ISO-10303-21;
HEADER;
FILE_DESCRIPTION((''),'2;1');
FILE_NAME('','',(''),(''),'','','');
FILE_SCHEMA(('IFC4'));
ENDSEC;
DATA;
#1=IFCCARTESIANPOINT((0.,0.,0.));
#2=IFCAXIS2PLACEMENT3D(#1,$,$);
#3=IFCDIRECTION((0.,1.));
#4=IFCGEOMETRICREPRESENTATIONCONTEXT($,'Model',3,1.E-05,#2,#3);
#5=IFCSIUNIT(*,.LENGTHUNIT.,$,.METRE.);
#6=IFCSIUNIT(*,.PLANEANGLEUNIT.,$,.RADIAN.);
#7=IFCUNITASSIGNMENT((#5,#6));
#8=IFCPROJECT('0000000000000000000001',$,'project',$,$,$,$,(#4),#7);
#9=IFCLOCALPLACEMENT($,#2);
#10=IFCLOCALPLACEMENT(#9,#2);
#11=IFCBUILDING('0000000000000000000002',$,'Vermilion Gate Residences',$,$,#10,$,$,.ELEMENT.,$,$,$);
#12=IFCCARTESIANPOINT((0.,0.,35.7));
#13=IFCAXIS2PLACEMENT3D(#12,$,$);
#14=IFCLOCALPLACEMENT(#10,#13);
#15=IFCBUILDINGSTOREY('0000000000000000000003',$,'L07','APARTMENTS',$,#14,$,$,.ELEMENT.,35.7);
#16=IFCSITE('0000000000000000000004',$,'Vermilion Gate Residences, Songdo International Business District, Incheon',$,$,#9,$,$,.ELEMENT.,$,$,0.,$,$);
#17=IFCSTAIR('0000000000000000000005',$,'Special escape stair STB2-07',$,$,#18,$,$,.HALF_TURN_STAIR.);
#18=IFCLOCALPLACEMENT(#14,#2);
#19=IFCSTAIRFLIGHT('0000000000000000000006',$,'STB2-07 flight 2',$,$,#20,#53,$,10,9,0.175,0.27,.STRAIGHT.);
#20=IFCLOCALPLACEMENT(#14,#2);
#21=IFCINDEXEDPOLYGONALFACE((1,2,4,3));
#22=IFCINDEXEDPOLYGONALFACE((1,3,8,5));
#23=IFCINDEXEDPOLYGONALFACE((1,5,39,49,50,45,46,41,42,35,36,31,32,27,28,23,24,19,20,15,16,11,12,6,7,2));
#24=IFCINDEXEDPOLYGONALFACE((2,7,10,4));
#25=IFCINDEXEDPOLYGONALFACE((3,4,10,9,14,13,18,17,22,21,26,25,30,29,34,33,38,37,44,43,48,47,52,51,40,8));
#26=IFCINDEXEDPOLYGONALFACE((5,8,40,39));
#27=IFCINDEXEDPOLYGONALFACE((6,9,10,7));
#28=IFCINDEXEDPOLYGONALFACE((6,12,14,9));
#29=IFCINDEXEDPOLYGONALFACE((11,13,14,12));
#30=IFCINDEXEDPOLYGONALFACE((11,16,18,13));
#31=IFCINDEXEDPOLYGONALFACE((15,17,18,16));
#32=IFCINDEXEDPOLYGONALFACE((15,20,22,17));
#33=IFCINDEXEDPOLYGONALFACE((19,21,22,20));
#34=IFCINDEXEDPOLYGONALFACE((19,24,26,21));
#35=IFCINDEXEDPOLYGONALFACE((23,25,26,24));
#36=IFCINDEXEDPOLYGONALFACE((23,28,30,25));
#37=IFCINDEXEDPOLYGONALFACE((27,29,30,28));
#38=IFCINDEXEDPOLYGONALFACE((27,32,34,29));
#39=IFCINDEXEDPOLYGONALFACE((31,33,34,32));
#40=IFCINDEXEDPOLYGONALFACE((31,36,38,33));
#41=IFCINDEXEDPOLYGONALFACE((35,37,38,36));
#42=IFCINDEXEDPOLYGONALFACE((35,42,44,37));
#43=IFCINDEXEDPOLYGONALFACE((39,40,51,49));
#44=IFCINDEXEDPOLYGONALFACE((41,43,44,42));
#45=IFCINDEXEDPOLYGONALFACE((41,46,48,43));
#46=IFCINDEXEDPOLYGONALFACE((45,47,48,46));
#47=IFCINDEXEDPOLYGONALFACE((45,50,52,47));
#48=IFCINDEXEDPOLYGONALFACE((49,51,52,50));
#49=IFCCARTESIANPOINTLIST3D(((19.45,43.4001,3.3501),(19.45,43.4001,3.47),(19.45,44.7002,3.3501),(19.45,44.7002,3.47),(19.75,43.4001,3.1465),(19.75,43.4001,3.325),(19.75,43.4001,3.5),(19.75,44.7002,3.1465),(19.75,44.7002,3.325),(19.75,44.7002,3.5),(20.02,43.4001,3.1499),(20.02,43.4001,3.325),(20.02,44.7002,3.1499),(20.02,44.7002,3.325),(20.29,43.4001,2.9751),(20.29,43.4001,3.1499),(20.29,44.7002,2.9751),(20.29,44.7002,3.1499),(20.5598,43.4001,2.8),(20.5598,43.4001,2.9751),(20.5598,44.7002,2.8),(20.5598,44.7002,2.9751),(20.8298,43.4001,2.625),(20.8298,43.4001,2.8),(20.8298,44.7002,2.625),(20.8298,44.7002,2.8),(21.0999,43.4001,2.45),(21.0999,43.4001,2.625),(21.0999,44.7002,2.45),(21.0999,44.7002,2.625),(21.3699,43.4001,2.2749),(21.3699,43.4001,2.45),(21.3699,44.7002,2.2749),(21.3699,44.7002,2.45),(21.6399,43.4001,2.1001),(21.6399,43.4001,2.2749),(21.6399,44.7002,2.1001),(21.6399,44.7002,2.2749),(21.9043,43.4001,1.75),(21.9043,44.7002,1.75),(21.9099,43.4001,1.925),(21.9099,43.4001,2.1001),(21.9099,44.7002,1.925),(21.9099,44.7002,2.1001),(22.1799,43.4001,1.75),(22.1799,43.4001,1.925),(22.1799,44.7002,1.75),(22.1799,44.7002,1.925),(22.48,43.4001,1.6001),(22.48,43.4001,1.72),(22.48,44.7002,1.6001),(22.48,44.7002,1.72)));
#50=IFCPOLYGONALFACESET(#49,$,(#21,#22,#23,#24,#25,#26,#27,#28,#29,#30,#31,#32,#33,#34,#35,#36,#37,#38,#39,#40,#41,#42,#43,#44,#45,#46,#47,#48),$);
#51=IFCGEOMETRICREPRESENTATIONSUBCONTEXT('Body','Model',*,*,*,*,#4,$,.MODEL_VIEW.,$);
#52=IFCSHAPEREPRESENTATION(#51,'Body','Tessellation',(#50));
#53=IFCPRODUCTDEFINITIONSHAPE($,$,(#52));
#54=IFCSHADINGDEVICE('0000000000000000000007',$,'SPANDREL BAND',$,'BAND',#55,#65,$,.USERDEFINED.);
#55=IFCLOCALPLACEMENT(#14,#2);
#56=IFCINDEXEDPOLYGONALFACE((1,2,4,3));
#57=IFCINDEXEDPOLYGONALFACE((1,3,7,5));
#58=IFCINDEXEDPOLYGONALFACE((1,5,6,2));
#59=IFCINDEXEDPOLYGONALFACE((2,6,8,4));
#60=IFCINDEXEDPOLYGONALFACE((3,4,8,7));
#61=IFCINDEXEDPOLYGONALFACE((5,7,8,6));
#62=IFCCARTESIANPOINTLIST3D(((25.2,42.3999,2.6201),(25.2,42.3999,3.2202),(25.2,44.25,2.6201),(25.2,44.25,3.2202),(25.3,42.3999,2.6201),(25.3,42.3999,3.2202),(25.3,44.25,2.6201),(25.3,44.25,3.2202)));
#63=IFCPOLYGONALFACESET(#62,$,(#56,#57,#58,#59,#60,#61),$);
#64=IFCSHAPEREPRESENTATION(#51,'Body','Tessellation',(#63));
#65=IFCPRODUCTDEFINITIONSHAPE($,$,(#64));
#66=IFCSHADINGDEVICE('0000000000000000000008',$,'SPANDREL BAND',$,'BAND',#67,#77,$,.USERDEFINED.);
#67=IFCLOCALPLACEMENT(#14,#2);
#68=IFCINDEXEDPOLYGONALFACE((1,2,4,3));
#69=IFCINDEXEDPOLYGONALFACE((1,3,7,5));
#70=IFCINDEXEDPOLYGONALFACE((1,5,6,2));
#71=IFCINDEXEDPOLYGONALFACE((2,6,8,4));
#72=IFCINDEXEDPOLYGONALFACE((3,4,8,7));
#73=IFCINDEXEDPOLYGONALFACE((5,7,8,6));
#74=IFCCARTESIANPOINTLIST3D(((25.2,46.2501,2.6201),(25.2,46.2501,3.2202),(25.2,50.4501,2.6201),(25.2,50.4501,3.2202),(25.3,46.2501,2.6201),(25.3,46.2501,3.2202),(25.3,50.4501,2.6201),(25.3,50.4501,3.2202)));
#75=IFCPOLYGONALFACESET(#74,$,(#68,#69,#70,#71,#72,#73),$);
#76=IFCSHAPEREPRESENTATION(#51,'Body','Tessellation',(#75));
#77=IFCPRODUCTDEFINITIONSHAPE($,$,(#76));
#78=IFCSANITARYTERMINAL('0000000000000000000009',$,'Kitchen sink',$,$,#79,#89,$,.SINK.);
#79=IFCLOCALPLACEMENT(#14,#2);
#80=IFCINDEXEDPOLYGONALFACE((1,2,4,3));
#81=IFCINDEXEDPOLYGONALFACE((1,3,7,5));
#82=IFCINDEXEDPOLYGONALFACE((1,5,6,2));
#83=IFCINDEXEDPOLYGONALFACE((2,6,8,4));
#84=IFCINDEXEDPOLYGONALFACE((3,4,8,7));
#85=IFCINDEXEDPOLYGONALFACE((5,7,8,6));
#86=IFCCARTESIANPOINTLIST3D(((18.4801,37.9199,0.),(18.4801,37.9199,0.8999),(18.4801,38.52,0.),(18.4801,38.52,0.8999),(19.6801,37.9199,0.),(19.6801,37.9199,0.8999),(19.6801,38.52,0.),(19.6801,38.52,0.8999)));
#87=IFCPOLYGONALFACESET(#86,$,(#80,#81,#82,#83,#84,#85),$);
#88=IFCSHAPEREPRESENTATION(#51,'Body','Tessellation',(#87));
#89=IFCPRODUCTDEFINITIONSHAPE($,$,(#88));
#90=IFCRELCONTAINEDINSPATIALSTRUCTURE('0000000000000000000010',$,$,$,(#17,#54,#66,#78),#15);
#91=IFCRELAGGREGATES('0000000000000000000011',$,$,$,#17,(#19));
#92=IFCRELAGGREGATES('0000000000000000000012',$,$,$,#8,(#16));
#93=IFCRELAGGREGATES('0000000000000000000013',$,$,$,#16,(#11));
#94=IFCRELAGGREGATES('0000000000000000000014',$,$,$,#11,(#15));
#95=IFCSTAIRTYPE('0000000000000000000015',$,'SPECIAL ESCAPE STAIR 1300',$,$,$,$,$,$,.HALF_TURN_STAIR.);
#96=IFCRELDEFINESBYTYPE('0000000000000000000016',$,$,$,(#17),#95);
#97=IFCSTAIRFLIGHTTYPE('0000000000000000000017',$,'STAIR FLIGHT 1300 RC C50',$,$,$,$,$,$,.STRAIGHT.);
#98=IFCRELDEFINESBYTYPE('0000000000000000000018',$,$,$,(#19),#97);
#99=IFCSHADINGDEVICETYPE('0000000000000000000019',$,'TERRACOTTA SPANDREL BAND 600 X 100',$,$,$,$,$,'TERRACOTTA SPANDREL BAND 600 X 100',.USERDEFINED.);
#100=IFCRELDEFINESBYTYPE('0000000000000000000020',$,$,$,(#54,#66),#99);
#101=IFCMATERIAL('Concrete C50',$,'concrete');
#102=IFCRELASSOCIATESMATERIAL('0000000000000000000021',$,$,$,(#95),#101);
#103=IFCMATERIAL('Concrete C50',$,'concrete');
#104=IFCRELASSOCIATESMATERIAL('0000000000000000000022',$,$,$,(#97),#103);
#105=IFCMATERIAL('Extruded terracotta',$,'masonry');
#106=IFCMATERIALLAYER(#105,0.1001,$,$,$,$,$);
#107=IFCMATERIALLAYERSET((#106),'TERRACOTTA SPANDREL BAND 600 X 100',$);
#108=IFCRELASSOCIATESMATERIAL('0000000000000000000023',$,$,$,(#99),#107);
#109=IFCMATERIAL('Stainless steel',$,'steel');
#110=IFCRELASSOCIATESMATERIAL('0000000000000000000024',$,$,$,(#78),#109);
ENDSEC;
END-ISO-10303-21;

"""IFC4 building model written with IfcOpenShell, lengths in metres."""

from ifc_helpers import new_model, si_unit, direction, frame, origin, origin_2d, place, context, subcontext, project, spatial, polyline, rectangle, outline, extrude, material, layer, layer_set, type_object, element, aggregate, save


model = new_model("IFC4")

# Units and contexts
model_context = context("Model", 3, precision=1e-05, world=origin(), true_north=direction((0.0, 1.0)))
body_context = subcontext(model_context, "Body", "Model", "MODEL_VIEW")
ifc_project = project(units=[si_unit("LENGTHUNIT", "METRE"), si_unit("PLANEANGLEUNIT", "RADIAN")], contexts=[model_context])

# Site, building, storey
site_placement = place(None, origin())
site = spatial("IfcSite", under=ifc_project, at=site_placement, Name="Vermilion Gate Residences, Songdo International Business District, Incheon", CompositionType="ELEMENT", RefElevation=0.0)
building_placement = place(site_placement, origin())
building = spatial("IfcBuilding", under=site, at=building_placement, Name="Vermilion Gate Residences", CompositionType="ELEMENT")
storey_placement = place(building_placement, frame((0.0, 0.0, 35.7)))
storey = spatial("IfcBuildingStorey", under=building, at=storey_placement, Name="L07", Description="APARTMENTS", CompositionType="ELEMENT", Elevation=35.7)

# Stair, stair flight
ifc_material_1 = material(Name="Concrete C50", Category="concrete")
stair_type = type_object("IfcStairType", Name="SPECIAL ESCAPE STAIR 1300", PredefinedType="HALF_TURN_STAIR", material=ifc_material_1)
stair_placement = place(storey_placement, origin())
stair = element("IfcStair", 1, at=stair_placement, inside=storey, type_object=stair_type, Name="Special escape stair STB2-07", PredefinedType="HALF_TURN_STAIR")
ifc_material_2 = material(Name="Concrete C50", Category="concrete")
stair_flight_type = type_object("IfcStairFlightType", Name="STAIR FLIGHT 1300 RC C50", PredefinedType="STRAIGHT", material=ifc_material_2)
stair_flight_1_placement = place(storey_placement, frame((22.1799, 44.05, 1.75), z_axis=(0.0, 0.0, 1.0), x_axis=(-1.0, 0.0, 0.0)))
stair_flight_1 = element("IfcStairFlight", 2, at=stair_flight_1_placement, type_object=stair_flight_type, Name="STB2-07 flight 2", NumberOfRisers=10, NumberOfTreads=9, PredefinedType="STRAIGHT", RiserHeight=0.175, TreadLength=0.27, context=body_context, shape_type="SweptSolid", body=[
    extrude(outline(polyline([(-0.3, -0.1499), (-0.3, -0.03), (0.0, 0.0), (0.0, 0.175), (0.27, 0.175), (0.27, 0.3501), (0.54, 0.3501), (0.54, 0.5249), (0.8101, 0.5249), (0.8101, 0.7), (1.0801, 0.7), (1.0801, 0.875), (1.3501, 0.875), (1.3501, 1.05), (1.6201, 1.05), (1.6201, 1.2251), (1.8899, 1.2251), (1.8899, 1.3999), (2.1599, 1.3999), (2.1599, 1.575), (2.4299, 1.575), (2.4299, 1.75), (2.73, 1.72), (2.73, 1.6001), (2.4299, 1.3965), (0.2756, 0.0), (-0.3, -0.1499)])), frame((0.0, 0.6499, 0.0), z_axis=(0.0, -1.0, 0.0), x_axis=(1.0, 0.0, 0.0)), (0.0, 0.0, 1.0), 1.3),
])
aggregate(stair, [stair_flight_1])

# Shading devices
ifc_material_3 = material(Name="Extruded terracotta", Category="masonry")
ifc_layer_1 = layer(ifc_material_3, 0.1001)
ifc_layer_set_1 = layer_set([ifc_layer_1], Name="TERRACOTTA SPANDREL BAND 600 X 100")
shading_device_type = type_object("IfcShadingDeviceType", Name="TERRACOTTA SPANDREL BAND 600 X 100", ElementType="TERRACOTTA SPANDREL BAND 600 X 100", PredefinedType="USERDEFINED", material=ifc_layer_set_1)
shading_device_1_placement = place(storey_placement, frame((25.25, 43.325, 2.6201), z_axis=(0.0, 0.0, 1.0), x_axis=(0.0, 1.0, 0.0)))
element("IfcShadingDevice", 3, at=shading_device_1_placement, inside=storey, type_object=shading_device_type, Name="SPANDREL BAND", ObjectType="BAND", PredefinedType="USERDEFINED", context=body_context, shape_type="SweptSolid", body=[
    extrude(rectangle(XDim=1.8501, YDim=0.1001, at=origin_2d()), origin(), (0.0, 0.0, 1.0), 0.6001),
])
shading_device_2_placement = place(storey_placement, frame((25.25, 48.3501, 2.6201), z_axis=(0.0, 0.0, 1.0), x_axis=(0.0, 1.0, 0.0)))
element("IfcShadingDevice", 4, at=shading_device_2_placement, inside=storey, type_object=shading_device_type, Name="SPANDREL BAND", ObjectType="BAND", PredefinedType="USERDEFINED", context=body_context, shape_type="SweptSolid", body=[
    extrude(rectangle(XDim=4.2, YDim=0.1001, at=origin_2d()), origin(), (0.0, 0.0, 1.0), 0.6001),
])

# Sanitary terminal
ifc_material_4 = material(Name="Stainless steel", Category="steel")
sanitary_terminal_placement = place(storey_placement, frame((19.0801, 38.22, 0.0), z_axis=(0.0, 0.0, 1.0), x_axis=(1.0, 0.0, 0.0)))
element("IfcSanitaryTerminal", 5, at=sanitary_terminal_placement, inside=storey, material=ifc_material_4, Name="Kitchen sink", PredefinedType="SINK", context=body_context, shape_type="SweptSolid", body=[
    extrude(rectangle(XDim=1.2, YDim=0.6001, at=origin_2d()), origin(), (0.0, 0.0, 1.0), 0.8999),
])

save(model, "model.ifc")
